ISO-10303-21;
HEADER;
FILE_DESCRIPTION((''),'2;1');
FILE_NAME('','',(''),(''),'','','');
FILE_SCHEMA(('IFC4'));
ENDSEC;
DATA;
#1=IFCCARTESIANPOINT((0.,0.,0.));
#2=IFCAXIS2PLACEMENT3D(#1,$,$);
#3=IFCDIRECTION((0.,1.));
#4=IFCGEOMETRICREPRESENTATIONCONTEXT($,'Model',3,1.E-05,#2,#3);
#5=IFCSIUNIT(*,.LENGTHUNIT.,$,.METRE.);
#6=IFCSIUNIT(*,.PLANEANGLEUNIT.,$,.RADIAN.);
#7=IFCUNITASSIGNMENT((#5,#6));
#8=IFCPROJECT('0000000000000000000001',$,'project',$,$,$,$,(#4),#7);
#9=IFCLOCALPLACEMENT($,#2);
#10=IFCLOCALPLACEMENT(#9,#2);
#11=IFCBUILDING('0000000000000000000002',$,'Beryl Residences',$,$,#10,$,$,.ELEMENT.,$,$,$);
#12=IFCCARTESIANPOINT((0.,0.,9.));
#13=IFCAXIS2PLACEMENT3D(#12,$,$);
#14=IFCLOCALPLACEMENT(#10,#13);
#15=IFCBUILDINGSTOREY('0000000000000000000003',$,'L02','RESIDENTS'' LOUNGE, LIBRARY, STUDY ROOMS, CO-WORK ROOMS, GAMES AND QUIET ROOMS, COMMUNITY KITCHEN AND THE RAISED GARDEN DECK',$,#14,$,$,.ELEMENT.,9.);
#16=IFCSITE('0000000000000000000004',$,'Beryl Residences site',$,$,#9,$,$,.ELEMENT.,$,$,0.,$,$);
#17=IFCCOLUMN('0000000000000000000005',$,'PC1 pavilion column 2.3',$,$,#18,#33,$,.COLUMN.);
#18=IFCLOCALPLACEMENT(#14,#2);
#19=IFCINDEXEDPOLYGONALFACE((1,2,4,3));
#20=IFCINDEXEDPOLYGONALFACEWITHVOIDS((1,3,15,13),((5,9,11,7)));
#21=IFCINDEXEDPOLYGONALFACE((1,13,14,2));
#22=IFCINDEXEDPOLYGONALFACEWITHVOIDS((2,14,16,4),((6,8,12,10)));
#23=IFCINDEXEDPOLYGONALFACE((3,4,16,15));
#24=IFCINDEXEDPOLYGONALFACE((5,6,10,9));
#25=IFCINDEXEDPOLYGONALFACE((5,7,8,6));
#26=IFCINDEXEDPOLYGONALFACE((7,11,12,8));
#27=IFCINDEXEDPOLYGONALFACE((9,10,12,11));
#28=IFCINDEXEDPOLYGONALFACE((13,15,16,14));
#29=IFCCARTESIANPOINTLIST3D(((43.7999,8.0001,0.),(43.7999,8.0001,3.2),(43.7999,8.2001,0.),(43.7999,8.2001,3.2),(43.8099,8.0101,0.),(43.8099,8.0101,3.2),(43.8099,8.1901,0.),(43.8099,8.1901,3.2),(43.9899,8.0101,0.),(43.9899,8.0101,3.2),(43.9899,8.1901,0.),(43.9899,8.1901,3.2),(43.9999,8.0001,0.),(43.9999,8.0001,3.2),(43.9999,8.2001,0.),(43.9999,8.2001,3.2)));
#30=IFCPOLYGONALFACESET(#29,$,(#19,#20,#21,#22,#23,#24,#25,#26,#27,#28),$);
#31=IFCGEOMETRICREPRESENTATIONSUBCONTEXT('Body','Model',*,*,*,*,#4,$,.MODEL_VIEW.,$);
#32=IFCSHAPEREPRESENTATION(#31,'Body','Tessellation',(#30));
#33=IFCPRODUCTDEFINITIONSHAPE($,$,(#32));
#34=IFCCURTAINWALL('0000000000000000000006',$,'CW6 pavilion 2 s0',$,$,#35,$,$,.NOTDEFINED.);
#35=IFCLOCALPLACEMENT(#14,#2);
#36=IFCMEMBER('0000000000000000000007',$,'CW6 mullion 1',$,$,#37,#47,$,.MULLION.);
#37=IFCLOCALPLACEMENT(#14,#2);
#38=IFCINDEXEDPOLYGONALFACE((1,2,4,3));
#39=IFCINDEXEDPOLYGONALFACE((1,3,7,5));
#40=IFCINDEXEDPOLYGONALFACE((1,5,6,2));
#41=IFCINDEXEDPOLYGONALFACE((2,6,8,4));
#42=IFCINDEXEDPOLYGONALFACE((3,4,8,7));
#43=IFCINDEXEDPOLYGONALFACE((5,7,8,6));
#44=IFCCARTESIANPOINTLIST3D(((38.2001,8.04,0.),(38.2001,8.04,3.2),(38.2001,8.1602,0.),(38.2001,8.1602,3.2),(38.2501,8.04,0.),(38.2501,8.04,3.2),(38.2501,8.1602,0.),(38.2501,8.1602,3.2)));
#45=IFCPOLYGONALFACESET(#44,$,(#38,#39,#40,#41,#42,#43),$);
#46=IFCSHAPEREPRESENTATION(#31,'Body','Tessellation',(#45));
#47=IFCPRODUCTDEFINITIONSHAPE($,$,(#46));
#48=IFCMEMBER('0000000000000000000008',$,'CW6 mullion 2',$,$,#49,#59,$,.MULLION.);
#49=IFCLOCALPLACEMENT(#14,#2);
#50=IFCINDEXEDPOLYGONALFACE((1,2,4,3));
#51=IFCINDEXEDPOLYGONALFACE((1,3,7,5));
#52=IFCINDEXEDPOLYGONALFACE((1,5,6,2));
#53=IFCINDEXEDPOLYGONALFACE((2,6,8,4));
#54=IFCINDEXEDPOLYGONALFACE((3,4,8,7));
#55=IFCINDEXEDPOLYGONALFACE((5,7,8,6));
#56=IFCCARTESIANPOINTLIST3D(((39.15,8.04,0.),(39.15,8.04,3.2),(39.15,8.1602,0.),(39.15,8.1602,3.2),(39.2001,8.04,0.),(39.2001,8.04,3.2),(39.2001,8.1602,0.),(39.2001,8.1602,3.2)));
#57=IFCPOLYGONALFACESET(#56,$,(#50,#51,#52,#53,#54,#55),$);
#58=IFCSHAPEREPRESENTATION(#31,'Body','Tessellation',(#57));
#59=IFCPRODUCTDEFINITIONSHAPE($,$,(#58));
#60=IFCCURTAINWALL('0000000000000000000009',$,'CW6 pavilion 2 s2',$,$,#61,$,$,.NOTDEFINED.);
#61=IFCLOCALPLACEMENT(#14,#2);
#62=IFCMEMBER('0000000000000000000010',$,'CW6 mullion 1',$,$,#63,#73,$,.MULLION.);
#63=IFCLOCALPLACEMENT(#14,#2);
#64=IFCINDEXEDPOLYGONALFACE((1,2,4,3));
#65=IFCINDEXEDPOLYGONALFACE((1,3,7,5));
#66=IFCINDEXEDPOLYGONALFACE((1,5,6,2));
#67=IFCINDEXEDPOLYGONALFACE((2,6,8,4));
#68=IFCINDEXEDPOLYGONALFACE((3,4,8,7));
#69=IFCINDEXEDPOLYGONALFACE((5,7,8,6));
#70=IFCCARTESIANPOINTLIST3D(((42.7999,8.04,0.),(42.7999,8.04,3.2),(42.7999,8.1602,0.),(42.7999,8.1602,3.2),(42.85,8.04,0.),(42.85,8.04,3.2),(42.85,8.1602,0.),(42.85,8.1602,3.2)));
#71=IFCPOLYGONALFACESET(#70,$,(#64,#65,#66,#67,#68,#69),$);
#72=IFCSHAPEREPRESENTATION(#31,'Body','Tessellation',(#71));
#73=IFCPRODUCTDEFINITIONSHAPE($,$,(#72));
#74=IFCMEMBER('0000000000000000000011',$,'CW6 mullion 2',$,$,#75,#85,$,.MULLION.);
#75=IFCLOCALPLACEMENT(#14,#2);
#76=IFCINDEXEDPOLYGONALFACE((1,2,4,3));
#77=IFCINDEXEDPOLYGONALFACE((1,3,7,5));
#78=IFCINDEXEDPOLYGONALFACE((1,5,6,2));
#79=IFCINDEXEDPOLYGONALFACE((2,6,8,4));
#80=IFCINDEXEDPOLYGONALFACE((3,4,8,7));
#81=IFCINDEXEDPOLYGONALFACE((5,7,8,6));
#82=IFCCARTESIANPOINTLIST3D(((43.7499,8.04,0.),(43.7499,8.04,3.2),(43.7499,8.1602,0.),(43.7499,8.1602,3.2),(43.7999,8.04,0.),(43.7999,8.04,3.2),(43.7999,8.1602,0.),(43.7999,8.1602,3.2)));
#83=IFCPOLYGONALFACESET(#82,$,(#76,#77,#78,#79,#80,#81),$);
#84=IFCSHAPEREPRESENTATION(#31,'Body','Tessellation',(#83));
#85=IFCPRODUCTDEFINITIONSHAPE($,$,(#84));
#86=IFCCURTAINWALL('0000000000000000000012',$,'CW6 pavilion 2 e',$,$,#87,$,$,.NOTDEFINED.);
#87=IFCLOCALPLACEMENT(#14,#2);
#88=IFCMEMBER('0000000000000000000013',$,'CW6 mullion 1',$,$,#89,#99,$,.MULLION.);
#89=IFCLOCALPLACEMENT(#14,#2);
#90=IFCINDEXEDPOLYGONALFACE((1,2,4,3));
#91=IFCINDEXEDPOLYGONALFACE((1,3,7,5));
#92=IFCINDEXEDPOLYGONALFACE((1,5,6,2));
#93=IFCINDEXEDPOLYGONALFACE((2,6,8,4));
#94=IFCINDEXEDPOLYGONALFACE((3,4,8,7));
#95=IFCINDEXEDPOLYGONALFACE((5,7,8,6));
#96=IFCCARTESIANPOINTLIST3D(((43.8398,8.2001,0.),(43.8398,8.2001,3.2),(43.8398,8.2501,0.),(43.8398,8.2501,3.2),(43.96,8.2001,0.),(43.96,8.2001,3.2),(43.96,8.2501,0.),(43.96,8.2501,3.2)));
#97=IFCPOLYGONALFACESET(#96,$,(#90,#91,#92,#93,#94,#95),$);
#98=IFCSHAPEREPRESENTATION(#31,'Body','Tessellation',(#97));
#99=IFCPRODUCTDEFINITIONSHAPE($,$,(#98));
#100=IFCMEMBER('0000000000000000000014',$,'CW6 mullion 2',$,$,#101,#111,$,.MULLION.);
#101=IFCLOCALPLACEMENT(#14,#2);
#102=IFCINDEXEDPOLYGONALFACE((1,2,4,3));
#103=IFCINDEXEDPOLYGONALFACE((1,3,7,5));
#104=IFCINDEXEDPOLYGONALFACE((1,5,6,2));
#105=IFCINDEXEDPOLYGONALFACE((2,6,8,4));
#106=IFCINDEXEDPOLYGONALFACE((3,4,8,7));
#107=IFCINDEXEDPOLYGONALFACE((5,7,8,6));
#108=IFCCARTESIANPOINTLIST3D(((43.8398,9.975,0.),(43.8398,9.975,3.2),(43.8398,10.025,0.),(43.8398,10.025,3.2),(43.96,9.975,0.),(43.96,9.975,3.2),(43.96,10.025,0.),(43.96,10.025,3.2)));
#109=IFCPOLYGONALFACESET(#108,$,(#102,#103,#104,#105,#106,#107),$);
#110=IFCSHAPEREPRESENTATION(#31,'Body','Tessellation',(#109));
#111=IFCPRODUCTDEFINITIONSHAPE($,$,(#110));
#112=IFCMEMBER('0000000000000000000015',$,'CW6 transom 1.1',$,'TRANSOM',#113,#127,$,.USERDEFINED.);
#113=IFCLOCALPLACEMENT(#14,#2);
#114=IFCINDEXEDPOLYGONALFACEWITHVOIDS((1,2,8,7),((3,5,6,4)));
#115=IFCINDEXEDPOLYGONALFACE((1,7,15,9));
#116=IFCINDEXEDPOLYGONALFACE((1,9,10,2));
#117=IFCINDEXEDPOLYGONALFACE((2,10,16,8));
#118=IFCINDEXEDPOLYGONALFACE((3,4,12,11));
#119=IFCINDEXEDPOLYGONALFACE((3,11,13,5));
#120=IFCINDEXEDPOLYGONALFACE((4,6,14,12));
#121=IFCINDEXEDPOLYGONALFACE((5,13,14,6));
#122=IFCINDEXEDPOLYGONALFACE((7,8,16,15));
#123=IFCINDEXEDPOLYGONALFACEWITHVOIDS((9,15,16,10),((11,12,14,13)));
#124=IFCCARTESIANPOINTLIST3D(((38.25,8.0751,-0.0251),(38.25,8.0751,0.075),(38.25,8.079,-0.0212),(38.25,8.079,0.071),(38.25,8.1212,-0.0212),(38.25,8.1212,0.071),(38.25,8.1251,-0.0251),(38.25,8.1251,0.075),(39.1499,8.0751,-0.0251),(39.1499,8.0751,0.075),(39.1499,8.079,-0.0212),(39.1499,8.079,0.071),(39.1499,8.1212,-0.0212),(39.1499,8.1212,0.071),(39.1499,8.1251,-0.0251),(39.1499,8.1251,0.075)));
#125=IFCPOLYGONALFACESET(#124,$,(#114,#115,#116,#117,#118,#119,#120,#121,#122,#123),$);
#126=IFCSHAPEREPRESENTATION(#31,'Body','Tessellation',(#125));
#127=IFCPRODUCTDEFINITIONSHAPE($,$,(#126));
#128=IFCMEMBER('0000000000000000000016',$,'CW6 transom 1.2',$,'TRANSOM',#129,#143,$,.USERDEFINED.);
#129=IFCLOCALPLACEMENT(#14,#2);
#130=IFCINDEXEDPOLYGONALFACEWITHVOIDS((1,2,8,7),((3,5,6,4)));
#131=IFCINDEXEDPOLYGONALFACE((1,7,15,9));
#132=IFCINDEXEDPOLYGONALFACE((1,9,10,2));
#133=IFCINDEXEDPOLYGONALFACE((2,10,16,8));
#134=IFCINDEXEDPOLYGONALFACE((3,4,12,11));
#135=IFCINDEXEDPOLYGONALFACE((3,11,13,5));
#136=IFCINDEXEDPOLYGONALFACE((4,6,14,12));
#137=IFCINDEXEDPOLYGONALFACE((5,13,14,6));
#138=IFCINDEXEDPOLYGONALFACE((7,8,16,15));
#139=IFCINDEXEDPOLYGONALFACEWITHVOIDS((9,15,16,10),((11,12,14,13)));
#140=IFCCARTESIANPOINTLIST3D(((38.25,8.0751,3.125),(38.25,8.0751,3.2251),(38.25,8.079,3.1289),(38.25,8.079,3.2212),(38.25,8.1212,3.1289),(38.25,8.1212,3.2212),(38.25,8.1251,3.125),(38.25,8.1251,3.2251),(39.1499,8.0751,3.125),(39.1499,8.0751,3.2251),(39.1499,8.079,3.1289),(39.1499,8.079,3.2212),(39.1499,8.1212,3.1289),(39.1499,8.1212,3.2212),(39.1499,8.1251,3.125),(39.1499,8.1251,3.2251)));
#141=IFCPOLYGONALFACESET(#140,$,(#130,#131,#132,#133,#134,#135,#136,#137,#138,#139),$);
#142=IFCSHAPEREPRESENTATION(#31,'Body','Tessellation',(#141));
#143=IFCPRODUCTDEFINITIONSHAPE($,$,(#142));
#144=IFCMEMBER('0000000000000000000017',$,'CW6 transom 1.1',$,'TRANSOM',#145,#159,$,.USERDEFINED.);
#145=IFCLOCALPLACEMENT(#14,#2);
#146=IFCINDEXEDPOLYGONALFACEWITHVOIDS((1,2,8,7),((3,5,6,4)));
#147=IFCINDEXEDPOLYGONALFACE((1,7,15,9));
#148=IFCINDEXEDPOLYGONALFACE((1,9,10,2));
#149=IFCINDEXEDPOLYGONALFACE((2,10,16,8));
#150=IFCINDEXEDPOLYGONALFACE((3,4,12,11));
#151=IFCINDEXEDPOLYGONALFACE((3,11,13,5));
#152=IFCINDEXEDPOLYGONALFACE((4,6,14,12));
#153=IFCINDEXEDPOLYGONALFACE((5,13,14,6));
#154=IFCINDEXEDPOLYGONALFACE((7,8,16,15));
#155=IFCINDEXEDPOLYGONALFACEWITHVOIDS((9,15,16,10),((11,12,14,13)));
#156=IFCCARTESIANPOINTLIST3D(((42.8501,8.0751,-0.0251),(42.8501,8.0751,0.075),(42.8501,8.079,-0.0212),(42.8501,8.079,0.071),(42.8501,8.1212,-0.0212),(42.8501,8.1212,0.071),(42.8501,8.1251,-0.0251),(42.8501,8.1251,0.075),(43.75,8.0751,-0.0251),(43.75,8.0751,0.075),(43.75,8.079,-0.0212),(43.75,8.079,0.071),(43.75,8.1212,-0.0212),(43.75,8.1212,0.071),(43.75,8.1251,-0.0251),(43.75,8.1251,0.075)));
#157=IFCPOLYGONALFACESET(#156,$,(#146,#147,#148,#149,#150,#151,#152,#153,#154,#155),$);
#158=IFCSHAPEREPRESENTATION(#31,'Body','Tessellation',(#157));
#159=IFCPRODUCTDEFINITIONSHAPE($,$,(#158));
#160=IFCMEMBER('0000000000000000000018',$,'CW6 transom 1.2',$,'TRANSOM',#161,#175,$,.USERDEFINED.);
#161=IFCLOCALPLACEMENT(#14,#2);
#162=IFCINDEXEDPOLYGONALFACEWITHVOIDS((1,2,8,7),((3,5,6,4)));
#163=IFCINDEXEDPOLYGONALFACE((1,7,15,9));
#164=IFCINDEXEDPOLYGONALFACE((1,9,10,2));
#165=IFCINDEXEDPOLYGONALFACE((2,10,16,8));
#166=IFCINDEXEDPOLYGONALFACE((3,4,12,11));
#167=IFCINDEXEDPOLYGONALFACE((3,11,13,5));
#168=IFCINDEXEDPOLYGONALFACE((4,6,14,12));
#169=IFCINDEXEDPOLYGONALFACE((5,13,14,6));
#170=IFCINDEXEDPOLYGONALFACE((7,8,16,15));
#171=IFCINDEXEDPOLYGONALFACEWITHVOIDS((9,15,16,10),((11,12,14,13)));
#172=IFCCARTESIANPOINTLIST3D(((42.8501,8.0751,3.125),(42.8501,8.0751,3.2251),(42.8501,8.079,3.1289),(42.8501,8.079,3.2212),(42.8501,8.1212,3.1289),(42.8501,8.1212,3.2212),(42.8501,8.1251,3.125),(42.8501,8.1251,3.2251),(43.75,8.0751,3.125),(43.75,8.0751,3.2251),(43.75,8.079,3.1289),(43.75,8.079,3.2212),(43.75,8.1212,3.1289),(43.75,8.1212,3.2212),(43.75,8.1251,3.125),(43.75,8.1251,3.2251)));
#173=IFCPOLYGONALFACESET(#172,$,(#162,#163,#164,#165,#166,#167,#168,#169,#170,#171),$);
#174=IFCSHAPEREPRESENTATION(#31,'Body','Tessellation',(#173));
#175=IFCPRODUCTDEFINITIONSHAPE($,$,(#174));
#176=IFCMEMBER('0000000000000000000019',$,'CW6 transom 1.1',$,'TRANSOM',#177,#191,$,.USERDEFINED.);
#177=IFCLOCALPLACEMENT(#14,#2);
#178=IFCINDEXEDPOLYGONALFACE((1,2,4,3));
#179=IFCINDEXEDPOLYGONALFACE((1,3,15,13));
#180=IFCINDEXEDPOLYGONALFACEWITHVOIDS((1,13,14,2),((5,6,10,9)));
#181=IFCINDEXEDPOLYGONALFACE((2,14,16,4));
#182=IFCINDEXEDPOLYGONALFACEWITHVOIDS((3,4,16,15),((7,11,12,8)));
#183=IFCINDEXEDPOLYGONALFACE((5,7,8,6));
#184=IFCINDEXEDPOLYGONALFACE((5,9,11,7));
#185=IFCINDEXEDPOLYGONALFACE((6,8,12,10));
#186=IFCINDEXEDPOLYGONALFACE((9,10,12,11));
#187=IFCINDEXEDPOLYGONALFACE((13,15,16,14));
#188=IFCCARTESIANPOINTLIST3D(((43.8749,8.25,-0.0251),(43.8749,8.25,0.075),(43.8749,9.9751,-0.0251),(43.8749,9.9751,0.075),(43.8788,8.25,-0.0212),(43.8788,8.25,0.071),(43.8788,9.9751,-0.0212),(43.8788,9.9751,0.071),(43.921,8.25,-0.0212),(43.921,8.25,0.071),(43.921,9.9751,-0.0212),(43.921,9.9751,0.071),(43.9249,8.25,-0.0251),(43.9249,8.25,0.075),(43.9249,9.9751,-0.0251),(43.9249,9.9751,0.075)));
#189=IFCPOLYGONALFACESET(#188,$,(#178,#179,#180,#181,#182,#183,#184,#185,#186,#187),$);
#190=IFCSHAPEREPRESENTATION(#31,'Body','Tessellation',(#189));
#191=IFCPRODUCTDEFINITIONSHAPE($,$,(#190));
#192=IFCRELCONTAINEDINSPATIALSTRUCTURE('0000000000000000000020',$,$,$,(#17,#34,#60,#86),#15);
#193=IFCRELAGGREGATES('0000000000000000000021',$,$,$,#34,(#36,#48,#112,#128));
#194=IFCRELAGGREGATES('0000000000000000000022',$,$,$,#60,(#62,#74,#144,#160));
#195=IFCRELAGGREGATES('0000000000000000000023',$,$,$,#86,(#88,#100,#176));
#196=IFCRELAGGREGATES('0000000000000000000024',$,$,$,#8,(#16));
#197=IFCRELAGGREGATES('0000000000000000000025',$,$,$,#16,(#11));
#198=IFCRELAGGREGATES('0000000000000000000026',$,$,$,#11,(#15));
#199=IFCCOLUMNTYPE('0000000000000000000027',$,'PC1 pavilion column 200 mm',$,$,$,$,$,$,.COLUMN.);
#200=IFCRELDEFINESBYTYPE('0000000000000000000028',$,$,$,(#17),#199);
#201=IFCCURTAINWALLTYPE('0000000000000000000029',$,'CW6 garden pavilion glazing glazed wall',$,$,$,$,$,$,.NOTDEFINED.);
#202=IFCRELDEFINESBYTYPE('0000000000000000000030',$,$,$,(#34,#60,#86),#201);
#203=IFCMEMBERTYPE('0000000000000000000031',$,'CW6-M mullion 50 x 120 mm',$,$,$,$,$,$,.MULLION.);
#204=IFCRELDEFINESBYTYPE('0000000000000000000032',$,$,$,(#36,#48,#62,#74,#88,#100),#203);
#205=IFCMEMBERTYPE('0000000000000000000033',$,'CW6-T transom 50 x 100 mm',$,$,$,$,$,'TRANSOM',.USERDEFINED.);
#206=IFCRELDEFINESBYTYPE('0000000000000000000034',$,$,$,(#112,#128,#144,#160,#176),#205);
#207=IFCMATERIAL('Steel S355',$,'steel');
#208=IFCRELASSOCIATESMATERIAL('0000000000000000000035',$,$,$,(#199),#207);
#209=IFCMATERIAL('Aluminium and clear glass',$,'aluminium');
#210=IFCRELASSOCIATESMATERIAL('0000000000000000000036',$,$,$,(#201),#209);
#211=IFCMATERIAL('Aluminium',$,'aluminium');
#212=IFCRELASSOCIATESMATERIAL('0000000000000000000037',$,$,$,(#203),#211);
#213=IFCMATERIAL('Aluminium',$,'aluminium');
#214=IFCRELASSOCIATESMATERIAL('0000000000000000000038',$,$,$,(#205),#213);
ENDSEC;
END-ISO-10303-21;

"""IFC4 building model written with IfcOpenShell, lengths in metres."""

from ifc_helpers import new_model, si_unit, direction, frame, origin, origin_2d, place, context, subcontext, project, spatial, rectangle, hollow_rectangle, extrude, material, material_profile, profile_set, type_object, element, aggregate, save


model = new_model("IFC4")

# Units and contexts
model_context = context("Model", 3, precision=1e-05, world=origin(), true_north=direction((0.0, 1.0)))
body_context = subcontext(model_context, "Body", "Model", "MODEL_VIEW")
ifc_project = project(units=[si_unit("LENGTHUNIT", "METRE"), si_unit("PLANEANGLEUNIT", "RADIAN")], contexts=[model_context])

# Site, building, storey
site_placement = place(None, origin())
site = spatial("IfcSite", under=ifc_project, at=site_placement, Name="Beryl Residences site", CompositionType="ELEMENT", RefElevation=0.0)
building_placement = place(site_placement, origin())
building = spatial("IfcBuilding", under=site, at=building_placement, Name="Beryl Residences", CompositionType="ELEMENT")
storey_placement = place(building_placement, frame((0.0, 0.0, 9.0)))
storey = spatial("IfcBuildingStorey", under=building, at=storey_placement, Name="L02", Description="RESIDENTS' LOUNGE, LIBRARY, STUDY ROOMS, CO-WORK ROOMS, GAMES AND QUIET ROOMS, COMMUNITY KITCHEN AND THE RAISED GARDEN DECK", CompositionType="ELEMENT", Elevation=9.0)

# Column
ifc_material_1 = material(Name="Steel S355", Category="steel")
ifc_material_profile_1 = material_profile(ifc_material_1, hollow_rectangle(XDim=0.2, YDim=0.2, WallThickness=0.01, at=origin_2d()))
ifc_profile_set_1 = profile_set([ifc_material_profile_1], Name="Steel S355")
column_type = type_object("IfcColumnType", Name="PC1 pavilion column 200 mm", PredefinedType="COLUMN", material=ifc_profile_set_1)
column_placement = place(storey_placement, frame((43.8999, 8.1001, 0.0), z_axis=(0.0, 0.0, 1.0), x_axis=(1.0, 0.0, 0.0)))
element("IfcColumn", 1, at=column_placement, inside=storey, type_object=column_type, Name="PC1 pavilion column 2.3", PredefinedType="COLUMN", context=body_context, shape_type="SweptSolid", body=[
    extrude(hollow_rectangle(XDim=0.2, YDim=0.2, WallThickness=0.01, at=origin_2d()), origin(), (0.0, 0.0, 1.0), 3.2),
])

# Curtain walls, members
ifc_material_2 = material(Name="Aluminium and clear glass", Category="aluminium")
curtain_wall_type = type_object("IfcCurtainWallType", Name="CW6 garden pavilion glazing glazed wall", PredefinedType="NOTDEFINED", material=ifc_material_2)
curtain_wall_1_placement = place(storey_placement, origin())
curtain_wall_1 = element("IfcCurtainWall", 2, at=curtain_wall_1_placement, inside=storey, type_object=curtain_wall_type, Name="CW6 pavilion 2 s0", PredefinedType="NOTDEFINED")
ifc_material_3 = material(Name="Aluminium", Category="aluminium")
ifc_material_profile_2 = material_profile(ifc_material_3, rectangle(XDim=0.05, YDim=0.1201, at=origin_2d()))
ifc_profile_set_2 = profile_set([ifc_material_profile_2], Name="Aluminium")
member_type_1 = type_object("IfcMemberType", Name="CW6-M mullion 50 x 120 mm", PredefinedType="MULLION", material=ifc_profile_set_2)
member_1_placement = place(storey_placement, frame((38.2251, 8.1001, 0.0), z_axis=(0.0, 0.0, 1.0), x_axis=(1.0, 0.0, 0.0)))
member_1 = element("IfcMember", 3, at=member_1_placement, type_object=member_type_1, Name="CW6 mullion 1", PredefinedType="MULLION", context=body_context, shape_type="SweptSolid", body=[
    extrude(rectangle(XDim=0.05, YDim=0.1201, at=origin_2d()), origin(), (0.0, 0.0, 1.0), 3.2),
])
member_2_placement = place(storey_placement, frame((39.175, 8.1001, 0.0), z_axis=(0.0, 0.0, 1.0), x_axis=(1.0, 0.0, 0.0)))
member_2 = element("IfcMember", 4, at=member_2_placement, type_object=member_type_1, Name="CW6 mullion 2", PredefinedType="MULLION", context=body_context, shape_type="SweptSolid", body=[
    extrude(rectangle(XDim=0.05, YDim=0.1201, at=origin_2d()), origin(), (0.0, 0.0, 1.0), 3.2),
])
curtain_wall_2_placement = place(storey_placement, origin())
curtain_wall_2 = element("IfcCurtainWall", 5, at=curtain_wall_2_placement, inside=storey, type_object=curtain_wall_type, Name="CW6 pavilion 2 s2", PredefinedType="NOTDEFINED")
member_3_placement = place(storey_placement, frame((42.825, 8.1001, 0.0), z_axis=(0.0, 0.0, 1.0), x_axis=(1.0, 0.0, 0.0)))
member_3 = element("IfcMember", 6, at=member_3_placement, type_object=member_type_1, Name="CW6 mullion 1", PredefinedType="MULLION", context=body_context, shape_type="SweptSolid", body=[
    extrude(rectangle(XDim=0.05, YDim=0.1201, at=origin_2d()), origin(), (0.0, 0.0, 1.0), 3.2),
])
member_4_placement = place(storey_placement, frame((43.7749, 8.1001, 0.0), z_axis=(0.0, 0.0, 1.0), x_axis=(1.0, 0.0, 0.0)))
member_4 = element("IfcMember", 7, at=member_4_placement, type_object=member_type_1, Name="CW6 mullion 2", PredefinedType="MULLION", context=body_context, shape_type="SweptSolid", body=[
    extrude(rectangle(XDim=0.05, YDim=0.1201, at=origin_2d()), origin(), (0.0, 0.0, 1.0), 3.2),
])
curtain_wall_3_placement = place(storey_placement, origin())
curtain_wall_3 = element("IfcCurtainWall", 8, at=curtain_wall_3_placement, inside=storey, type_object=curtain_wall_type, Name="CW6 pavilion 2 e", PredefinedType="NOTDEFINED")
member_5_placement = place(storey_placement, frame((43.8999, 8.2251, 0.0), z_axis=(0.0, 0.0, 1.0), x_axis=(0.0, 1.0, 0.0)))
member_5 = element("IfcMember", 9, at=member_5_placement, type_object=member_type_1, Name="CW6 mullion 1", PredefinedType="MULLION", context=body_context, shape_type="SweptSolid", body=[
    extrude(rectangle(XDim=0.05, YDim=0.1201, at=origin_2d()), origin(), (0.0, 0.0, 1.0), 3.2),
])
member_6_placement = place(storey_placement, frame((43.8999, 10.0, 0.0), z_axis=(0.0, 0.0, 1.0), x_axis=(0.0, 1.0, 0.0)))
member_6 = element("IfcMember", 10, at=member_6_placement, type_object=member_type_1, Name="CW6 mullion 2", PredefinedType="MULLION", context=body_context, shape_type="SweptSolid", body=[
    extrude(rectangle(XDim=0.05, YDim=0.1201, at=origin_2d()), origin(), (0.0, 0.0, 1.0), 3.2),
])

# Members
ifc_material_4 = material(Name="Aluminium", Category="aluminium")
ifc_material_profile_3 = material_profile(ifc_material_4, hollow_rectangle(XDim=0.05, YDim=0.1001, WallThickness=0.0039, at=origin_2d()))
ifc_profile_set_3 = profile_set([ifc_material_profile_3], Name="Aluminium")
member_type_2 = type_object("IfcMemberType", Name="CW6-T transom 50 x 100 mm", ElementType="TRANSOM", PredefinedType="USERDEFINED", material=ifc_profile_set_3)
member_7_placement = place(storey_placement, frame((38.25, 8.1001, 0.0249), z_axis=(1.0, 0.0, 0.0), x_axis=(0.0, 1.0, 0.0)))
member_7 = element("IfcMember", 11, at=member_7_placement, type_object=member_type_2, Name="CW6 transom 1.1", ObjectType="TRANSOM", PredefinedType="USERDEFINED", context=body_context, shape_type="SweptSolid", body=[
    extrude(hollow_rectangle(XDim=0.05, YDim=0.1001, WallThickness=0.0039, at=origin_2d()), origin(), (0.0, 0.0, 1.0), 0.8999),
])
member_8_placement = place(storey_placement, frame((38.25, 8.1001, 3.175), z_axis=(1.0, 0.0, 0.0), x_axis=(0.0, 1.0, 0.0)))
member_8 = element("IfcMember", 12, at=member_8_placement, type_object=member_type_2, Name="CW6 transom 1.2", ObjectType="TRANSOM", PredefinedType="USERDEFINED", context=body_context, shape_type="SweptSolid", body=[
    extrude(hollow_rectangle(XDim=0.05, YDim=0.1001, WallThickness=0.0039, at=origin_2d()), origin(), (0.0, 0.0, 1.0), 0.8999),
])
member_9_placement = place(storey_placement, frame((42.8501, 8.1001, 0.0249), z_axis=(1.0, 0.0, 0.0), x_axis=(0.0, 1.0, 0.0)))
member_9 = element("IfcMember", 13, at=member_9_placement, type_object=member_type_2, Name="CW6 transom 1.1", ObjectType="TRANSOM", PredefinedType="USERDEFINED", context=body_context, shape_type="SweptSolid", body=[
    extrude(hollow_rectangle(XDim=0.05, YDim=0.1001, WallThickness=0.0039, at=origin_2d()), origin(), (0.0, 0.0, 1.0), 0.8999),
])
member_10_placement = place(storey_placement, frame((42.8501, 8.1001, 3.175), z_axis=(1.0, 0.0, 0.0), x_axis=(0.0, 1.0, 0.0)))
member_10 = element("IfcMember", 14, at=member_10_placement, type_object=member_type_2, Name="CW6 transom 1.2", ObjectType="TRANSOM", PredefinedType="USERDEFINED", context=body_context, shape_type="SweptSolid", body=[
    extrude(hollow_rectangle(XDim=0.05, YDim=0.1001, WallThickness=0.0039, at=origin_2d()), origin(), (0.0, 0.0, 1.0), 0.8999),
])
member_11_placement = place(storey_placement, frame((43.8999, 8.25, 0.0249), z_axis=(0.0, 1.0, 0.0), x_axis=(-1.0, 0.0, 0.0)))
member_11 = element("IfcMember", 15, at=member_11_placement, type_object=member_type_2, Name="CW6 transom 1.1", ObjectType="TRANSOM", PredefinedType="USERDEFINED", context=body_context, shape_type="SweptSolid", body=[
    extrude(hollow_rectangle(XDim=0.05, YDim=0.1001, WallThickness=0.0039, at=origin_2d()), origin(), (0.0, 0.0, 1.0), 1.7251),
])

aggregate(curtain_wall_1, [member_1, member_2, member_7, member_8])
aggregate(curtain_wall_2, [member_3, member_4, member_9, member_10])
aggregate(curtain_wall_3, [member_5, member_6, member_11])

save(model, "model.ifc")
